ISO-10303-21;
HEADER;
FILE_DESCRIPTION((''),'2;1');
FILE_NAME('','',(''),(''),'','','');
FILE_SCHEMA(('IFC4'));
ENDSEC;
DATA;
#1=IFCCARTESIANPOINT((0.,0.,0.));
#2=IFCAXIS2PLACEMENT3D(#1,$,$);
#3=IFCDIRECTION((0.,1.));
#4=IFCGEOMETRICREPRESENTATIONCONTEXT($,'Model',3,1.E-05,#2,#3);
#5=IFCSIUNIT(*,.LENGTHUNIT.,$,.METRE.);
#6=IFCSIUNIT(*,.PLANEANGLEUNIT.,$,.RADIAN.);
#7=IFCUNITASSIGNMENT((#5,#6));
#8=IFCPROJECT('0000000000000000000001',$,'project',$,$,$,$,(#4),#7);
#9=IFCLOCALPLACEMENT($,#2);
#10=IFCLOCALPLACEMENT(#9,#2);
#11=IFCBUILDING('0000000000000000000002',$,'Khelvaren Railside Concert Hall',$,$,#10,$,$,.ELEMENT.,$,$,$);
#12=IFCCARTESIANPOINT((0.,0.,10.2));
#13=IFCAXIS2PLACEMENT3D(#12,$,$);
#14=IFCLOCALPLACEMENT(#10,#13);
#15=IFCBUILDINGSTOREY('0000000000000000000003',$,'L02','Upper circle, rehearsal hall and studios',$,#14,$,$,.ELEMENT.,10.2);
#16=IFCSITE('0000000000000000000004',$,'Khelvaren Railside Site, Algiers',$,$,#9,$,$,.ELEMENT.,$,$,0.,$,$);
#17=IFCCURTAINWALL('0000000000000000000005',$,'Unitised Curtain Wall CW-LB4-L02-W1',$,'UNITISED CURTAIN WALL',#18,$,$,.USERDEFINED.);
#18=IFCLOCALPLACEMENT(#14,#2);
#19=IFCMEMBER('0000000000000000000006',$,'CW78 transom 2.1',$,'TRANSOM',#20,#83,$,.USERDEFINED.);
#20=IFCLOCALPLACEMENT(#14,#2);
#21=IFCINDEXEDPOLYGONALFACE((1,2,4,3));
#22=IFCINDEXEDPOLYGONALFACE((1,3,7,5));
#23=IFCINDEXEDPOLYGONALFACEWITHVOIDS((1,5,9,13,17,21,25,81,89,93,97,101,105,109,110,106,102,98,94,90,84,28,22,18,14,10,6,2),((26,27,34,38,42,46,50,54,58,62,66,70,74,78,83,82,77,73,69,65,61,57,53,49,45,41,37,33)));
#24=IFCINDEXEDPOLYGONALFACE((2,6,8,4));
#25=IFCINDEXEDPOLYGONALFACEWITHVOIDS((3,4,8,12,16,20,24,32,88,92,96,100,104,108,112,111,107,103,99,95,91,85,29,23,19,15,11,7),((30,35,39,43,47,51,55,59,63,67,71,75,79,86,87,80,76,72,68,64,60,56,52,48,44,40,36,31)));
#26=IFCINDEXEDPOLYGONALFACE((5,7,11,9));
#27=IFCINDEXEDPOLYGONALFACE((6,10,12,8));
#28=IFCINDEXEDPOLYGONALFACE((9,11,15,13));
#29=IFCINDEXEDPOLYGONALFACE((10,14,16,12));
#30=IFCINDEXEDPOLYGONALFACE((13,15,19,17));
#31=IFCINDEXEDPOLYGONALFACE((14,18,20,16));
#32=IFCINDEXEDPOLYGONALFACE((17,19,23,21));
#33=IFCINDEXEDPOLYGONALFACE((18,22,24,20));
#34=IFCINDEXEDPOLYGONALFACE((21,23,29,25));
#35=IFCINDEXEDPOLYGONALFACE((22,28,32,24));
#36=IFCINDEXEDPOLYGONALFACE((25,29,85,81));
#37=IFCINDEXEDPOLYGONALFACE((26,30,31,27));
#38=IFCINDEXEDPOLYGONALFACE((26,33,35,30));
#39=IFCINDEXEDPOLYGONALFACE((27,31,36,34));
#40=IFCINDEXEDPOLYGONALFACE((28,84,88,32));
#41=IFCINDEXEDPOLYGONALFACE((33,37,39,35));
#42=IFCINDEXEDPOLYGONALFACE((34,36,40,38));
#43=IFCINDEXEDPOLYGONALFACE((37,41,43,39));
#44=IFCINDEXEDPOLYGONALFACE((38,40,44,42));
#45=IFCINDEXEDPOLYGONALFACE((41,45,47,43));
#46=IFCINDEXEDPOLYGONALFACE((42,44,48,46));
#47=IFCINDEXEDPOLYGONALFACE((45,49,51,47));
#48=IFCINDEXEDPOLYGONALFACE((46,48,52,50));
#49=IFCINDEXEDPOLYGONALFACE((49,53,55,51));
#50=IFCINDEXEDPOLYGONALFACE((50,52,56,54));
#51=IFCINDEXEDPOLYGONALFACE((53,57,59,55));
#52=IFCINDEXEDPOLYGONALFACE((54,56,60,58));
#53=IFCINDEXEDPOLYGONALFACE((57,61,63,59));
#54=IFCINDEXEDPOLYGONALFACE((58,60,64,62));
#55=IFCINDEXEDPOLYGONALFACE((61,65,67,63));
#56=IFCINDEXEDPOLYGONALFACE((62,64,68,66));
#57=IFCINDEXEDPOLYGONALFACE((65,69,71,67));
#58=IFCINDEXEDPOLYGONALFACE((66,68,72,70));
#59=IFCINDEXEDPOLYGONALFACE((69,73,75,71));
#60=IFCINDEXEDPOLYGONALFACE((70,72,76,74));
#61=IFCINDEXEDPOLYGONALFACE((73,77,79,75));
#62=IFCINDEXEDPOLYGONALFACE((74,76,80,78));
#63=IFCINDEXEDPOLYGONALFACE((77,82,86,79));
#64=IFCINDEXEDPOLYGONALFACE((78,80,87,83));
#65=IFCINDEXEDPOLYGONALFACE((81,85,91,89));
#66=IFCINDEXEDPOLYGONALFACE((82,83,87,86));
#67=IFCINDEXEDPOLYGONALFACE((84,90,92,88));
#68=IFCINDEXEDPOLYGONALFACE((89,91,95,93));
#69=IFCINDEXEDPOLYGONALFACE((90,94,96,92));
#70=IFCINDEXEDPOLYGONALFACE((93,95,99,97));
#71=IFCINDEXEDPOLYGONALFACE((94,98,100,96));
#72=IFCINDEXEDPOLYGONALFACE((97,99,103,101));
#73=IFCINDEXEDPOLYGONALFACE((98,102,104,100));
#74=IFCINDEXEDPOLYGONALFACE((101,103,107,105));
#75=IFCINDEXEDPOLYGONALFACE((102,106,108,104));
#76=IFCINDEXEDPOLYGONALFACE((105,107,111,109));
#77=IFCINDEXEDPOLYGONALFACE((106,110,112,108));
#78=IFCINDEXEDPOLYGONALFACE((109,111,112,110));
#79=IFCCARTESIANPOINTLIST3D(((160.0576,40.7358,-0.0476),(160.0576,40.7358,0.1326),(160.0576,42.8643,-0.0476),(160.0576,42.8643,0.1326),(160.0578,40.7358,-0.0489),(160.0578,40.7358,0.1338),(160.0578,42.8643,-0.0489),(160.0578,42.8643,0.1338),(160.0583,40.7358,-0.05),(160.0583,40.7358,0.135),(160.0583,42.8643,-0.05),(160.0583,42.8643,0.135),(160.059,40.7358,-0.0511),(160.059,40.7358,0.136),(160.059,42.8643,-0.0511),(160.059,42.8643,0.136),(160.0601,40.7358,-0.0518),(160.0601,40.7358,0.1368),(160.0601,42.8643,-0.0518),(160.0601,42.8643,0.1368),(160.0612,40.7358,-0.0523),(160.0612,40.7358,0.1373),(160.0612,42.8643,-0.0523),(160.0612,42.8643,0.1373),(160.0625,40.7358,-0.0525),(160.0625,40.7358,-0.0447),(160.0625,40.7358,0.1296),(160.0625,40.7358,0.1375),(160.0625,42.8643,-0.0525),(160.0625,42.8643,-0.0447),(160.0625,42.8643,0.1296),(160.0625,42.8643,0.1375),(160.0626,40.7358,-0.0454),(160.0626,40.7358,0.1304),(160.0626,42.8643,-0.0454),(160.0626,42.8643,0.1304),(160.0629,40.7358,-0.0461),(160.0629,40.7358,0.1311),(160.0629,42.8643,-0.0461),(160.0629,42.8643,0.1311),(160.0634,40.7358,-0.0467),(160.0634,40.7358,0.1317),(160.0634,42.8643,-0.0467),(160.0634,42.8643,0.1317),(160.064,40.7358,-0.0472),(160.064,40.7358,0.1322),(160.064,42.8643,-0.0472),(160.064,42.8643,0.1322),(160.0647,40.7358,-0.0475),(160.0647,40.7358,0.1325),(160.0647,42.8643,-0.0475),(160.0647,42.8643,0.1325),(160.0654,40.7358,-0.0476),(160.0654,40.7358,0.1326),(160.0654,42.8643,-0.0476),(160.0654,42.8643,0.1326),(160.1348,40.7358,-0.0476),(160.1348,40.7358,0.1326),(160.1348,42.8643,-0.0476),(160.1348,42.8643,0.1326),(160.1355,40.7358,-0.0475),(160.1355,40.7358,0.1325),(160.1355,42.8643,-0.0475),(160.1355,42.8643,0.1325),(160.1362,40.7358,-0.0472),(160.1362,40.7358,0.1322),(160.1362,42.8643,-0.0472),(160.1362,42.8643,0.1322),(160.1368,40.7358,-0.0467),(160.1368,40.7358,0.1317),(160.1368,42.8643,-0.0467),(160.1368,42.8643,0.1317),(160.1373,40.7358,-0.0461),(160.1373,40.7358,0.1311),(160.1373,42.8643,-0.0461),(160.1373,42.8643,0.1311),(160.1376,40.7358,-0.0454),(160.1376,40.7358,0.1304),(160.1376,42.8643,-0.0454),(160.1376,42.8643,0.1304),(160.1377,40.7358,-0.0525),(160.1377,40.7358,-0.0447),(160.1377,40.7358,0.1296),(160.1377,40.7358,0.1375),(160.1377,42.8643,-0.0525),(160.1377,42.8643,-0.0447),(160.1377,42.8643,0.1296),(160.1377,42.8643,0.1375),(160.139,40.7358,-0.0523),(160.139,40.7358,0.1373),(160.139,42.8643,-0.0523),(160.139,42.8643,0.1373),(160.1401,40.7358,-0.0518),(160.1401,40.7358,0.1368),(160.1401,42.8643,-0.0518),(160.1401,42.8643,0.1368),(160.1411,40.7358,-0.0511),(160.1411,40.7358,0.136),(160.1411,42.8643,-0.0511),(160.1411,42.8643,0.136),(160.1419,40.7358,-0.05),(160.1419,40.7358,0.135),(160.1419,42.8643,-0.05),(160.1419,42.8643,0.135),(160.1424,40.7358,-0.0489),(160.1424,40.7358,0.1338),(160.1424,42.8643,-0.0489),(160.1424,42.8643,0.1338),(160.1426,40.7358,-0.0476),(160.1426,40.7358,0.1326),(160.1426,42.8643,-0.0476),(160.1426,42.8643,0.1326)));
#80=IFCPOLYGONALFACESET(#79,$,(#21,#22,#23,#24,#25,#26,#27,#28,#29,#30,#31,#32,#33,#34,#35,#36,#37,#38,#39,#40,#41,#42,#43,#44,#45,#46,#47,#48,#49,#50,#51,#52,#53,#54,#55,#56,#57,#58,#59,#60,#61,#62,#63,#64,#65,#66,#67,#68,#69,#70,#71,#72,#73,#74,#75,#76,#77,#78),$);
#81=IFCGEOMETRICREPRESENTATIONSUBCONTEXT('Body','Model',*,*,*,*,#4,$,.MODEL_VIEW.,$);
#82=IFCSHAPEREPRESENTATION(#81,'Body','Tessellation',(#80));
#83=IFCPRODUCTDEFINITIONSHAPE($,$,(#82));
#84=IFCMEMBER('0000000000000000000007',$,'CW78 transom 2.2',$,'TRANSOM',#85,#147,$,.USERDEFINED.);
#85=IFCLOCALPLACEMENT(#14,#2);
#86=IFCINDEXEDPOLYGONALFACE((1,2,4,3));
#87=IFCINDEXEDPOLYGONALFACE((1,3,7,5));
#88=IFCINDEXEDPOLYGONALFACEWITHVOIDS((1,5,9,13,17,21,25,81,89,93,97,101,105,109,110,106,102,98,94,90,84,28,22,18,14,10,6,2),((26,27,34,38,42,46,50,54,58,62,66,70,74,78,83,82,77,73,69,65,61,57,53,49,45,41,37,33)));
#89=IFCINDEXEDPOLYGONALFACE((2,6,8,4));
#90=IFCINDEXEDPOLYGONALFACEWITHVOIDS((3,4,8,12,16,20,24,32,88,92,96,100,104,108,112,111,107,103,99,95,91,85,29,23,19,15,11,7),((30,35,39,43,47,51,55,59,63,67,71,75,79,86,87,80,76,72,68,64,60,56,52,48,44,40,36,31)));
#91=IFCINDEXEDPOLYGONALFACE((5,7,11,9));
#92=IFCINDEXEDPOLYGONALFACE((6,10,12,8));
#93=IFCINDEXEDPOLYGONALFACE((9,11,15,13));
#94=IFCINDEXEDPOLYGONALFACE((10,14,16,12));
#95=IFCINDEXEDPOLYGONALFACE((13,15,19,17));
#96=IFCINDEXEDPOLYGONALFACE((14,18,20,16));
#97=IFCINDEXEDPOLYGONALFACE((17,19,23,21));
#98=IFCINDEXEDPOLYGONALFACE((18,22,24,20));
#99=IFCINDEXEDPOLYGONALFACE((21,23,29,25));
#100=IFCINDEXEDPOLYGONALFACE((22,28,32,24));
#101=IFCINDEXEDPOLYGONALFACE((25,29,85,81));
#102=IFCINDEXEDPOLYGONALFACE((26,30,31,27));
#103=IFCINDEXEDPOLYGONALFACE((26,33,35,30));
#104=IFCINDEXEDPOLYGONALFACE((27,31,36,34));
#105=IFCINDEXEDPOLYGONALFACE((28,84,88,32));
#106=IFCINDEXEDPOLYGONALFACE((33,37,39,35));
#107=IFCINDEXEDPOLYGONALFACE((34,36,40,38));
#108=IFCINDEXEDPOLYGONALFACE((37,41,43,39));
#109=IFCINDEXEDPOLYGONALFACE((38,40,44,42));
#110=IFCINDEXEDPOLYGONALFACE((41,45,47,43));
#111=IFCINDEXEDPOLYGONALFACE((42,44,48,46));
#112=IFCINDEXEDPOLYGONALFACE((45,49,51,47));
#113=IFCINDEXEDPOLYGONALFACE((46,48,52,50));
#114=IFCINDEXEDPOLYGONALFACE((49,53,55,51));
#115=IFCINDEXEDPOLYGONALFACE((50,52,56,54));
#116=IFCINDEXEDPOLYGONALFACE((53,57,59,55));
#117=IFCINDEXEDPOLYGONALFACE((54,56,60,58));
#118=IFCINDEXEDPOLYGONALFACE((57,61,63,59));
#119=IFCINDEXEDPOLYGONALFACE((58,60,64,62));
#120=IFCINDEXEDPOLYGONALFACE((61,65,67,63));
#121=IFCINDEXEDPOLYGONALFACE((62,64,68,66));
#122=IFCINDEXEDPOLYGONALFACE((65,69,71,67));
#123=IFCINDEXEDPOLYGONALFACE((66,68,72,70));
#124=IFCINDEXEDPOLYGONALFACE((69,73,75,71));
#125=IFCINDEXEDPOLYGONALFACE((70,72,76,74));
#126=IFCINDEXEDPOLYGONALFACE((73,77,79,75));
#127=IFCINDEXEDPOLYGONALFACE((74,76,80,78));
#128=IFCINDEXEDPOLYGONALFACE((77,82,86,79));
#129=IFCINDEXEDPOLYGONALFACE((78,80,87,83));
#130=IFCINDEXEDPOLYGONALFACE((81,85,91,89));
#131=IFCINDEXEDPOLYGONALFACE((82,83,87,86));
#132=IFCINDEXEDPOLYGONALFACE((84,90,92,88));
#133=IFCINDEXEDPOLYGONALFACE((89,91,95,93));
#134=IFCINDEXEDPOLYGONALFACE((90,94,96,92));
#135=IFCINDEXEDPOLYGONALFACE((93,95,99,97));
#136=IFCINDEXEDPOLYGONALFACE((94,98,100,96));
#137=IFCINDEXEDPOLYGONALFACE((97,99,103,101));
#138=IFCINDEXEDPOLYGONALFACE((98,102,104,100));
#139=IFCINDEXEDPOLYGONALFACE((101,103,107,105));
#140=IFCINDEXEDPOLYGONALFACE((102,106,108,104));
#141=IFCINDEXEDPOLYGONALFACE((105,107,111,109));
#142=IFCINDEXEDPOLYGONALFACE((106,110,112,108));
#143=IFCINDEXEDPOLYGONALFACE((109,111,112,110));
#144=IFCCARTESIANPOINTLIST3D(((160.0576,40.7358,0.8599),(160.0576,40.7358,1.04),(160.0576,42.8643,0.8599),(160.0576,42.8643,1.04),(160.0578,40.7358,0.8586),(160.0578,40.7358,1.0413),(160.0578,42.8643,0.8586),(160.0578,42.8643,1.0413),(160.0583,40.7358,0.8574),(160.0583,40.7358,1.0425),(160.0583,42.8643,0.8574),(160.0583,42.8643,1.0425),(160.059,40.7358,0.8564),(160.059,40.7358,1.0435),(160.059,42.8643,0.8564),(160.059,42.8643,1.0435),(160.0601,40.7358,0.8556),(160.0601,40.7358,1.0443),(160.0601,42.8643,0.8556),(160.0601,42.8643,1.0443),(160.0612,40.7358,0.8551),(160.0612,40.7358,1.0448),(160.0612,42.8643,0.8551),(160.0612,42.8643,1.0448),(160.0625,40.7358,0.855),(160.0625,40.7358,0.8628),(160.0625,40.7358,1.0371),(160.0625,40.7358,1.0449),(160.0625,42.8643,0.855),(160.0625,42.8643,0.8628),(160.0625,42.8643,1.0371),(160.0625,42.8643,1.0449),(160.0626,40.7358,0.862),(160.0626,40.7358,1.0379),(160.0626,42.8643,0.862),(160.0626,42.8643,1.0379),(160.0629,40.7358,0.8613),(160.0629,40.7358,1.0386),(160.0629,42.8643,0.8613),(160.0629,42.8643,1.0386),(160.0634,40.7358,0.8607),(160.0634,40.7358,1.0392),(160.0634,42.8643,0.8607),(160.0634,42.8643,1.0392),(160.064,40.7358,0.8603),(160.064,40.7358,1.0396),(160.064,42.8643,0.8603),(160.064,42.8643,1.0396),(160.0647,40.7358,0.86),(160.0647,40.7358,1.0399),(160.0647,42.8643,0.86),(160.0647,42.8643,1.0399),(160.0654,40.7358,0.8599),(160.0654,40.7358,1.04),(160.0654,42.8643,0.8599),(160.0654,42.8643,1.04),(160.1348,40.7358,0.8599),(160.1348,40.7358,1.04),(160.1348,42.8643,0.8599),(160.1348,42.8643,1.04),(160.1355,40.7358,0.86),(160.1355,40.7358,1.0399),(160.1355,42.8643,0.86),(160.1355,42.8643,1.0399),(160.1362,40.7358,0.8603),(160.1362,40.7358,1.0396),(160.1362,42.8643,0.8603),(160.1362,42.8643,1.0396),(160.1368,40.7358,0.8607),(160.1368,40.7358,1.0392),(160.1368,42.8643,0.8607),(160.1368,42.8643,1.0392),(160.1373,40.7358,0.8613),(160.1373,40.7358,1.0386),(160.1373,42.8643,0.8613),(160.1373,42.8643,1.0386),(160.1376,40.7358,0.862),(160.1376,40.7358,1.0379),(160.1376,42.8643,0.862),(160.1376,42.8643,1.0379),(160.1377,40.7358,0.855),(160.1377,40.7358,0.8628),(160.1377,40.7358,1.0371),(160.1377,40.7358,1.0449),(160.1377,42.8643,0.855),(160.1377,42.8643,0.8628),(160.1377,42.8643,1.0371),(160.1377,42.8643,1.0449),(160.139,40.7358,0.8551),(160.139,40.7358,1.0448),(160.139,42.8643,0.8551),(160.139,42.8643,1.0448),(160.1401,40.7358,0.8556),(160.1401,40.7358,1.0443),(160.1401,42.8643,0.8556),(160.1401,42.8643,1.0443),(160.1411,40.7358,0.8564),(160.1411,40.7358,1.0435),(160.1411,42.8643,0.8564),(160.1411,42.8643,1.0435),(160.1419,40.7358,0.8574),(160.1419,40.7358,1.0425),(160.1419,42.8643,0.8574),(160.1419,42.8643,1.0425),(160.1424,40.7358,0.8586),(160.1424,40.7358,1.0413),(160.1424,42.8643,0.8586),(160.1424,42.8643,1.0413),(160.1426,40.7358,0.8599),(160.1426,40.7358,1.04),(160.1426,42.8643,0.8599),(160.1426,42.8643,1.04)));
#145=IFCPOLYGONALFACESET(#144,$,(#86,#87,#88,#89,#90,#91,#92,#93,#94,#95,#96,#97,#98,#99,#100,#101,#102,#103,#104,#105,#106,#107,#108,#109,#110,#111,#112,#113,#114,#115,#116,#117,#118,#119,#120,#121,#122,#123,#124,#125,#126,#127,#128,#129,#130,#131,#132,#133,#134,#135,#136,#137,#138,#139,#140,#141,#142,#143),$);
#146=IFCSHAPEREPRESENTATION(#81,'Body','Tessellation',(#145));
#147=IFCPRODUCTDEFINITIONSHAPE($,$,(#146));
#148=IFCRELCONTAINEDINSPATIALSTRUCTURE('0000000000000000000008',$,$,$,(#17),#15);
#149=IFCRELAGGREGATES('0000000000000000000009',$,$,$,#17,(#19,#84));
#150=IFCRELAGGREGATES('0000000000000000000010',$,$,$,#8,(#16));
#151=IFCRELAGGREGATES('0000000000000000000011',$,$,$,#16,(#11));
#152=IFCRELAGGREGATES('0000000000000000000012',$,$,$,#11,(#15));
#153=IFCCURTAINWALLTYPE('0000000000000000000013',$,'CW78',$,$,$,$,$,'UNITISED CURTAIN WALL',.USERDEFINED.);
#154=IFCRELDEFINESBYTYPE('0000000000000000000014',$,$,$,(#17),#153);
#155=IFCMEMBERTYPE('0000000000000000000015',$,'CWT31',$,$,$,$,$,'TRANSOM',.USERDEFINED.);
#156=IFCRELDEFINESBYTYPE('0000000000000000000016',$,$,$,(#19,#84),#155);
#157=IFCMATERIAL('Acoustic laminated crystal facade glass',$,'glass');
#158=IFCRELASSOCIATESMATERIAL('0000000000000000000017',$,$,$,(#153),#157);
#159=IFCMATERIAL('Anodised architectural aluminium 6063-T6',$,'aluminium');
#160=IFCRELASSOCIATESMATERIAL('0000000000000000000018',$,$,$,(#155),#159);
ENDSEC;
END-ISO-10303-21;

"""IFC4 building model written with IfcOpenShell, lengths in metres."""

from ifc_helpers import new_model, si_unit, direction, frame, origin, origin_2d, place, context, subcontext, project, spatial, hollow_rectangle, extrude, material, material_profile, profile_set, type_object, element, aggregate, save


model = new_model("IFC4")

# Units and contexts
model_context = context("Model", 3, precision=1e-05, world=origin(), true_north=direction((0.0, 1.0)))
body_context = subcontext(model_context, "Body", "Model", "MODEL_VIEW")
ifc_project = project(units=[si_unit("LENGTHUNIT", "METRE"), si_unit("PLANEANGLEUNIT", "RADIAN")], contexts=[model_context])

# Site, building, storey
site_placement = place(None, origin())
site = spatial("IfcSite", under=ifc_project, at=site_placement, Name="Khelvaren Railside Site, Algiers", CompositionType="ELEMENT", RefElevation=0.0)
building_placement = place(site_placement, origin())
building = spatial("IfcBuilding", under=site, at=building_placement, Name="Khelvaren Railside Concert Hall", CompositionType="ELEMENT")
storey_placement = place(building_placement, frame((0.0, 0.0, 10.2)))
storey = spatial("IfcBuildingStorey", under=building, at=storey_placement, Name="L02", Description="Upper circle, rehearsal hall and studios", CompositionType="ELEMENT", Elevation=10.2)

# Curtain wall, members
ifc_material_1 = material(Name="Acoustic laminated crystal facade glass", Category="glass")
curtain_wall_type = type_object("IfcCurtainWallType", Name="CW78", ElementType="UNITISED CURTAIN WALL", PredefinedType="USERDEFINED", material=ifc_material_1)
curtain_wall_placement = place(storey_placement, origin())
curtain_wall = element("IfcCurtainWall", 1, at=curtain_wall_placement, inside=storey, type_object=curtain_wall_type, Name="Unitised Curtain Wall CW-LB4-L02-W1", ObjectType="UNITISED CURTAIN WALL", PredefinedType="USERDEFINED")
ifc_material_2 = material(Name="Anodised architectural aluminium 6063-T6", Category="aluminium")
ifc_material_profile_1 = material_profile(ifc_material_2, hollow_rectangle(XDim=0.085, YDim=0.1899, WallThickness=0.0049, InnerFilletRadius=0.0029, OuterFilletRadius=0.0049, at=origin_2d()), Name="CWT 85x190x5")
ifc_profile_set_1 = profile_set([ifc_material_profile_1], Name="Anodised architectural aluminium 6063-T6")
member_type_1 = type_object("IfcMemberType", Name="CWT31", ElementType="TRANSOM", PredefinedType="USERDEFINED", material=ifc_profile_set_1)
member_1_placement = place(storey_placement, frame((160.1001, 40.7358, 0.0425), z_axis=(0.0, 1.0, 0.0), x_axis=(-1.0, 0.0, 0.0)))
member_1 = element("IfcMember", 2, at=member_1_placement, type_object=member_type_1, Name="CW78 transom 2.1", ObjectType="TRANSOM", PredefinedType="USERDEFINED", context=body_context, shape_type="SweptSolid", body=[
    extrude(hollow_rectangle(XDim=0.085, YDim=0.1899, WallThickness=0.0049, InnerFilletRadius=0.0029, OuterFilletRadius=0.0049, at=origin_2d()), origin(), (0.0, 0.0, 1.0), 2.1284),
])
member_2_placement = place(storey_placement, frame((160.1001, 40.7358, 0.95), z_axis=(0.0, 1.0, 0.0), x_axis=(-1.0, 0.0, 0.0)))
member_2 = element("IfcMember", 3, at=member_2_placement, type_object=member_type_1, Name="CW78 transom 2.2", ObjectType="TRANSOM", PredefinedType="USERDEFINED", context=body_context, shape_type="SweptSolid", body=[
    extrude(hollow_rectangle(XDim=0.085, YDim=0.1899, WallThickness=0.0049, InnerFilletRadius=0.0029, OuterFilletRadius=0.0049, at=origin_2d()), origin(), (0.0, 0.0, 1.0), 2.1284),
])
aggregate(curtain_wall, [member_1, member_2])

save(model, "model.ifc")
